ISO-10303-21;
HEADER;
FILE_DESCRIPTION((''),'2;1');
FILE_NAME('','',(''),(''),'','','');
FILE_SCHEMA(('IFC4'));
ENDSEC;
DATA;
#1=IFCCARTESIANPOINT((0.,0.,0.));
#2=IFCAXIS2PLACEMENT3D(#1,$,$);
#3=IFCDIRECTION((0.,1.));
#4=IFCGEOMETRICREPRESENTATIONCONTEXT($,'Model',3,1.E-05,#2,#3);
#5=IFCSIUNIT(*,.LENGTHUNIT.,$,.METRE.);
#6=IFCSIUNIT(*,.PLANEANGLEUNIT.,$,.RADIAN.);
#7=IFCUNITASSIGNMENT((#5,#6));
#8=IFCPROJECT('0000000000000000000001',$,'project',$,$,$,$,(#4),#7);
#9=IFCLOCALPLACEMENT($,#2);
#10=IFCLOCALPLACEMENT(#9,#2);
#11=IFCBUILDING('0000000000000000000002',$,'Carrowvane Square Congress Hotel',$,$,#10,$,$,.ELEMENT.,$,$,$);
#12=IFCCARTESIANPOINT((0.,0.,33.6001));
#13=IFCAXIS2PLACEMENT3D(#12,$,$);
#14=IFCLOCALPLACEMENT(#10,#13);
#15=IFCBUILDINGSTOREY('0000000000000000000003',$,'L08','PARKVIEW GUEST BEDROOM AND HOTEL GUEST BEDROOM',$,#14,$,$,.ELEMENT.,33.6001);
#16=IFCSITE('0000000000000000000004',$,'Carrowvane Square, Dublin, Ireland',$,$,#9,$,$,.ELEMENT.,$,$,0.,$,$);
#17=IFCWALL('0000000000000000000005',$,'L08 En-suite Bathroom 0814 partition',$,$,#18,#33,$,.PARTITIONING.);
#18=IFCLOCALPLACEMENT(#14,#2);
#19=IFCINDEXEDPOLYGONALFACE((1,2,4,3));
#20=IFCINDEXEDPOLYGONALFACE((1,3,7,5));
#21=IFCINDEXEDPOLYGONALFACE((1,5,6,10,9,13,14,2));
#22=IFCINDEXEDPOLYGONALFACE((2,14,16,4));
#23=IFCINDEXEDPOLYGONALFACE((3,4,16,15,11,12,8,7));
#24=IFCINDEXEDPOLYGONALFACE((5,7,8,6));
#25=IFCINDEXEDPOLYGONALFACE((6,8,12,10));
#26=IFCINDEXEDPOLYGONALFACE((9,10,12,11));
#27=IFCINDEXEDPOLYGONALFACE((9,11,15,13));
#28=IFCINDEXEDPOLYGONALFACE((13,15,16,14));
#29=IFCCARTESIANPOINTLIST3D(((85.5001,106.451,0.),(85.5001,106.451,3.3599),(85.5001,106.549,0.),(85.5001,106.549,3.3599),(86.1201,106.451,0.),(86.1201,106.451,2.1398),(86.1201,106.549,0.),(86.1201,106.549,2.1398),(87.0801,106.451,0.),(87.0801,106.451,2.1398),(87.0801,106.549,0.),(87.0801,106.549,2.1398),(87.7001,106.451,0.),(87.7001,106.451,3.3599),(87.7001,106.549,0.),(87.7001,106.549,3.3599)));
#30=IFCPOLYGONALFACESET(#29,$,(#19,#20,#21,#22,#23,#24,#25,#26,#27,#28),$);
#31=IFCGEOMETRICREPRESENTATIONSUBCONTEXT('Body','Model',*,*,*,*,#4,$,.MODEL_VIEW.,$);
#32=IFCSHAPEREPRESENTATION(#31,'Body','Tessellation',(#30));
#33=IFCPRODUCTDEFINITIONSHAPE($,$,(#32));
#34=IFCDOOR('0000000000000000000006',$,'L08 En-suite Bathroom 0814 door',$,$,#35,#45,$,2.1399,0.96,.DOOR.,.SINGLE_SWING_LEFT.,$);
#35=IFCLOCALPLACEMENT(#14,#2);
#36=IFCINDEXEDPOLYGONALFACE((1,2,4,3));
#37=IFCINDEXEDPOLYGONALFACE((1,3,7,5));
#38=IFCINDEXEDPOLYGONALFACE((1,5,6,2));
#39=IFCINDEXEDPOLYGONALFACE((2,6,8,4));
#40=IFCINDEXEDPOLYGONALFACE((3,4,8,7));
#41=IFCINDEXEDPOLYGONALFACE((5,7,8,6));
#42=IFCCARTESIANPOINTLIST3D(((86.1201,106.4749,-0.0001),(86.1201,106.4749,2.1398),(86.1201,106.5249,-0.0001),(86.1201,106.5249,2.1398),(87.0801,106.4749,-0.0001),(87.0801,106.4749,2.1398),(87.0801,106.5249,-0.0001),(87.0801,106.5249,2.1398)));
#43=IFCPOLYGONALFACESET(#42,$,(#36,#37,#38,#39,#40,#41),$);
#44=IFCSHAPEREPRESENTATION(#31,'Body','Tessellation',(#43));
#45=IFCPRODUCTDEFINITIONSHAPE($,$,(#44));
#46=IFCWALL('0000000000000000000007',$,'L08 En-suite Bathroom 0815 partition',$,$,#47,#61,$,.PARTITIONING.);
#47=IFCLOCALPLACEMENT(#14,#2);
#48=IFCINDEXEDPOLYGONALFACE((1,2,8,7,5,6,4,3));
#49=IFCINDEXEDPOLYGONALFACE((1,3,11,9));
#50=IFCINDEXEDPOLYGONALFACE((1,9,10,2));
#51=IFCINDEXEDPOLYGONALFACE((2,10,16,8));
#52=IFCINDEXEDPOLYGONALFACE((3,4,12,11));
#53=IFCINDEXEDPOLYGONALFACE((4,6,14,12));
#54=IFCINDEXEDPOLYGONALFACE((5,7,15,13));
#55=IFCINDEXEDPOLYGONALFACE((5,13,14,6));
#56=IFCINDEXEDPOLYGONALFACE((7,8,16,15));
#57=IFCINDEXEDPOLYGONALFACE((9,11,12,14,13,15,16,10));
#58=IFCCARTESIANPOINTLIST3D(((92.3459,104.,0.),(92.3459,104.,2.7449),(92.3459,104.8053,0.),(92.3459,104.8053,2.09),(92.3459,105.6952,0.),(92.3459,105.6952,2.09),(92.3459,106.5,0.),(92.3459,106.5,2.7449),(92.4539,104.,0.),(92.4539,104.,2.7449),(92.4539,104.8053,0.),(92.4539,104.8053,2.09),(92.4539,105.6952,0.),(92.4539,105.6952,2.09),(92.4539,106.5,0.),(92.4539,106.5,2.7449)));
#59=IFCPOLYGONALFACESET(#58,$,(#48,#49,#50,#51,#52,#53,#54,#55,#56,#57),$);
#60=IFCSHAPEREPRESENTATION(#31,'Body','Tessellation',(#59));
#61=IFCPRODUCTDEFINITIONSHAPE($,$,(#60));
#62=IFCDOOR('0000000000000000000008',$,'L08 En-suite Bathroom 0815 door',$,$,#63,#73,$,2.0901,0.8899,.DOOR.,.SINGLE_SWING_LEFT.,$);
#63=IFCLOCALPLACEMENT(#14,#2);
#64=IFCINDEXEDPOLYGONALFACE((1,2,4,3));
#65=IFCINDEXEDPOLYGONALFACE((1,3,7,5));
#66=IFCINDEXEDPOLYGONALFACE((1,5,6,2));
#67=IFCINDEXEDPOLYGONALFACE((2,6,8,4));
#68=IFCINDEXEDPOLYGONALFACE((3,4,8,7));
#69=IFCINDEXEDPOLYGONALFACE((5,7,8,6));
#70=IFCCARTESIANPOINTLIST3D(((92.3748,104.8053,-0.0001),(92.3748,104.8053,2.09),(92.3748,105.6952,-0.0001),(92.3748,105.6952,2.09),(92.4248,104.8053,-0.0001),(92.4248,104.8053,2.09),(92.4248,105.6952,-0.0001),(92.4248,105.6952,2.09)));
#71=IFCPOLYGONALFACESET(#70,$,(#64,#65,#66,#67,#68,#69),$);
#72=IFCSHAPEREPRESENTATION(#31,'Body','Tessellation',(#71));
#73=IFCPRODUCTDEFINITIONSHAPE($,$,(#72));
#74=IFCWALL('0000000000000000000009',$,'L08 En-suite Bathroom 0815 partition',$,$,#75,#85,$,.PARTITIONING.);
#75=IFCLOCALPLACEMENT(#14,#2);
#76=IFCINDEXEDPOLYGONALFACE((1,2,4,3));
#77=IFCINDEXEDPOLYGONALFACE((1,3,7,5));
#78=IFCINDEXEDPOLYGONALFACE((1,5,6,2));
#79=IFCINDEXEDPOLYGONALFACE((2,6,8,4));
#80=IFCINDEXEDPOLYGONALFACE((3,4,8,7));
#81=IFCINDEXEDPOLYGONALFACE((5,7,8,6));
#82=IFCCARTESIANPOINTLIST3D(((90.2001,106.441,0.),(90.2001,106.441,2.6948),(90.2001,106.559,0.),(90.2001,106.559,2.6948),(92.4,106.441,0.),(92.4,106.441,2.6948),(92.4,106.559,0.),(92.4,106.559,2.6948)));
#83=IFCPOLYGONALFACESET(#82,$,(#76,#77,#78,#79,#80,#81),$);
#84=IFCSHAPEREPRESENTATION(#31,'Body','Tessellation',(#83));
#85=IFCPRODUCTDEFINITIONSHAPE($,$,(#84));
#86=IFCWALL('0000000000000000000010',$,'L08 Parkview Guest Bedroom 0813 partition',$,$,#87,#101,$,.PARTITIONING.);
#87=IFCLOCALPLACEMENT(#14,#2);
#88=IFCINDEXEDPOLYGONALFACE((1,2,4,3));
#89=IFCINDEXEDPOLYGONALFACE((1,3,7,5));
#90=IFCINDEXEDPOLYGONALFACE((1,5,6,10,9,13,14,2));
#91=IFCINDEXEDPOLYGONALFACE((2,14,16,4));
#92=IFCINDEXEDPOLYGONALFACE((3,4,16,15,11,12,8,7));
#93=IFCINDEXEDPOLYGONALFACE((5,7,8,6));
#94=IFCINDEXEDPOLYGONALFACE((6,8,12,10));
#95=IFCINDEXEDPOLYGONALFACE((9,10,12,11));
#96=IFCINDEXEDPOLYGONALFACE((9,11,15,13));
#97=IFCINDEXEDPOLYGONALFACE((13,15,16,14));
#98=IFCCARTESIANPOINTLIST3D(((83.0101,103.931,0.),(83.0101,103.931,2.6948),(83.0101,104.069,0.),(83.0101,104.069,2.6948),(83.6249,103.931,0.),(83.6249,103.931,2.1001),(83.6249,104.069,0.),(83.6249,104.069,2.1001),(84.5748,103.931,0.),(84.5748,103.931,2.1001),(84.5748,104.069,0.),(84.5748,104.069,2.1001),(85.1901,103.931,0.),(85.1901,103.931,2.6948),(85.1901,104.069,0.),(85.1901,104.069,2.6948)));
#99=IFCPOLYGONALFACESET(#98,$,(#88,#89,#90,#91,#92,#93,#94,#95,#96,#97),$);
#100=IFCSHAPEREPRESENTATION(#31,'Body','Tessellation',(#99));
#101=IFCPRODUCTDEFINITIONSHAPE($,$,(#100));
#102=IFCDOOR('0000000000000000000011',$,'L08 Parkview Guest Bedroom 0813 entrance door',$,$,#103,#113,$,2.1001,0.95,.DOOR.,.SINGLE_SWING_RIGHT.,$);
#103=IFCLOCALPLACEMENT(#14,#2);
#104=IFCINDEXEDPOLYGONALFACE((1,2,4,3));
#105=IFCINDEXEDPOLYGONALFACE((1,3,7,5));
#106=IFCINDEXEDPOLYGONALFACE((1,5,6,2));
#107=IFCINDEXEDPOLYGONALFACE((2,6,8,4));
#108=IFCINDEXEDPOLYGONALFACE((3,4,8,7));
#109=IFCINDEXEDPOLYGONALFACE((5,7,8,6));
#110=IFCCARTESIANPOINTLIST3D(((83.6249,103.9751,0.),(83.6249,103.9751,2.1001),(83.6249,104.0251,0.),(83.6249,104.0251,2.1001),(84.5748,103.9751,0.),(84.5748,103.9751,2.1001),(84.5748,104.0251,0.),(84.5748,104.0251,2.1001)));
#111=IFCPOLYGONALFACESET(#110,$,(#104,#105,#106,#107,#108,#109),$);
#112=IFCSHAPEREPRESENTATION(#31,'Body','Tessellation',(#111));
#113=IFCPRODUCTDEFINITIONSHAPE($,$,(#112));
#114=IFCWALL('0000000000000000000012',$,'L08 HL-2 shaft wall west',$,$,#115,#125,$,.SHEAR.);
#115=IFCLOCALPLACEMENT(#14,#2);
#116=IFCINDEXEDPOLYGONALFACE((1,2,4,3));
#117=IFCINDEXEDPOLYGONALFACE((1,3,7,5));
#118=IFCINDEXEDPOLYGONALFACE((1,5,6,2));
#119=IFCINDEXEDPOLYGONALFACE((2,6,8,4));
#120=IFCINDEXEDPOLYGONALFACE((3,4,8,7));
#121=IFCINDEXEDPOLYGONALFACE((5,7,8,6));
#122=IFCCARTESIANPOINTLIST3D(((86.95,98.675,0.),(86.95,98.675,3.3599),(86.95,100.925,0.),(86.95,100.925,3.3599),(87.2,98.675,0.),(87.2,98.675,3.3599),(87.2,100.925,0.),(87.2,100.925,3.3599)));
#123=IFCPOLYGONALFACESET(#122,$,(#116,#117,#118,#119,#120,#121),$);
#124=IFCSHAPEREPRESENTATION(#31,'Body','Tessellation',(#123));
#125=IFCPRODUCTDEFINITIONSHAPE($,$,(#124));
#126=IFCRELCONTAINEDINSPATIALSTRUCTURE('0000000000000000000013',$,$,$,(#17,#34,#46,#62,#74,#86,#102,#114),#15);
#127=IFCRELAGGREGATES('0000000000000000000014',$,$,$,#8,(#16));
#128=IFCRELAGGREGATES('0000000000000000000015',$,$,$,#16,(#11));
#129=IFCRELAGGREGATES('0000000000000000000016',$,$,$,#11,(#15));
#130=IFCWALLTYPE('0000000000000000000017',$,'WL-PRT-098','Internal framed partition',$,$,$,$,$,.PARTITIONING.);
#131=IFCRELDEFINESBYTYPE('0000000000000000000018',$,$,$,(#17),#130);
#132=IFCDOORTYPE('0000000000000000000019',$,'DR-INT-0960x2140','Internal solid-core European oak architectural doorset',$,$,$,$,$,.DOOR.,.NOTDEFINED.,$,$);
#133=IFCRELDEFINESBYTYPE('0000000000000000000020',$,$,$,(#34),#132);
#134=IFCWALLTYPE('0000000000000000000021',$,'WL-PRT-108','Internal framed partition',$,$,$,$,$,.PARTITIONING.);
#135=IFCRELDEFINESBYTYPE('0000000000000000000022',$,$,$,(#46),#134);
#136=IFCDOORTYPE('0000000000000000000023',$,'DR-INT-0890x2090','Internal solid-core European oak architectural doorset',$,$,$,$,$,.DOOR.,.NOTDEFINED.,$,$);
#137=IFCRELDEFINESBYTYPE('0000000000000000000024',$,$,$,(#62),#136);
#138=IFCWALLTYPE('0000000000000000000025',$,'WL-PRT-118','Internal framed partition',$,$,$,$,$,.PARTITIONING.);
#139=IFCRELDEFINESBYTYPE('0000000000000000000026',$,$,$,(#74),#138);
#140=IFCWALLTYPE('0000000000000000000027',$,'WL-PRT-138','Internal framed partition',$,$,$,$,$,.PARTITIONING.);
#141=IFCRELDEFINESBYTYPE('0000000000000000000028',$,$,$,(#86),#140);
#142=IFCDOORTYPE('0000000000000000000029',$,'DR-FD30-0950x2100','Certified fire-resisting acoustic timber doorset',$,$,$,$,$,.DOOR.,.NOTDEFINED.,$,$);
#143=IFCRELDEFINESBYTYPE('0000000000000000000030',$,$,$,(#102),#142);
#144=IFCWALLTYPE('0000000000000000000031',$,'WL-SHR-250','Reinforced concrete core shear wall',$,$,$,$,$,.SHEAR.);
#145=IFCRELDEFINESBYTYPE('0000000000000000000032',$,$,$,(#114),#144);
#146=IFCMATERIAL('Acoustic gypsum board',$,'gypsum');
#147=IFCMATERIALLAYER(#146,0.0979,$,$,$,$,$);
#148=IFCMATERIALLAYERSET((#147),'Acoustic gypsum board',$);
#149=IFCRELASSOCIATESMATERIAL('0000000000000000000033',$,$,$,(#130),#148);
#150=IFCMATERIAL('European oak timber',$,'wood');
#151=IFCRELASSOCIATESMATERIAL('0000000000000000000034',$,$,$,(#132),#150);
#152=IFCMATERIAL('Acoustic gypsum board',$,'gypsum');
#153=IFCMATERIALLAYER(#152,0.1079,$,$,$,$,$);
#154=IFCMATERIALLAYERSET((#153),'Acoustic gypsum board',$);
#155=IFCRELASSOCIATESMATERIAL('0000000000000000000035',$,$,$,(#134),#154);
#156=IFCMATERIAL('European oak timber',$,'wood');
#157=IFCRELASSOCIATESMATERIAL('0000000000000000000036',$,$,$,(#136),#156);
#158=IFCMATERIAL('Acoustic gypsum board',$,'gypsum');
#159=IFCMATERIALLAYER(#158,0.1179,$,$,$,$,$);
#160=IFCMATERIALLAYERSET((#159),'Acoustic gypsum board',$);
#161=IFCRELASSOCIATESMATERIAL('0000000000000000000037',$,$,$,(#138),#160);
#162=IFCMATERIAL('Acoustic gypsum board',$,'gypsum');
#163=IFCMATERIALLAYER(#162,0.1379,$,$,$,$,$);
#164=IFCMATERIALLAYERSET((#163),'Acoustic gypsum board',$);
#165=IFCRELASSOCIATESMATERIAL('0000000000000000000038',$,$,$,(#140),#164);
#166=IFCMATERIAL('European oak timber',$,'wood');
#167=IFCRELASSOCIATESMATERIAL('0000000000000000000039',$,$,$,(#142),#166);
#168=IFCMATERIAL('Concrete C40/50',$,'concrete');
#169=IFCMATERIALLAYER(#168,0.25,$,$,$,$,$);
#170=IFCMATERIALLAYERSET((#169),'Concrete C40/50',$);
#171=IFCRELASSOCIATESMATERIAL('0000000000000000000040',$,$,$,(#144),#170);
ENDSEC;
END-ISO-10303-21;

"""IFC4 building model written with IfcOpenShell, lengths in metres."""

from ifc_helpers import new_model, si_unit, direction, frame, frame_2d, origin, place, context, subcontext, project, spatial, rectangle, extrude, material, layer, layer_set, type_object, element, fill, save


model = new_model("IFC4")

# Units and contexts
model_context = context("Model", 3, precision=1e-05, world=origin(), true_north=direction((0.0, 1.0)))
body_context = subcontext(model_context, "Body", "Model", "MODEL_VIEW")
ifc_project = project(units=[si_unit("LENGTHUNIT", "METRE"), si_unit("PLANEANGLEUNIT", "RADIAN")], contexts=[model_context])

# Site, building, storey
site_placement = place(None, origin())
site = spatial("IfcSite", under=ifc_project, at=site_placement, Name="Carrowvane Square, Dublin, Ireland", CompositionType="ELEMENT", RefElevation=0.0)
building_placement = place(site_placement, origin())
building = spatial("IfcBuilding", under=site, at=building_placement, Name="Carrowvane Square Congress Hotel", CompositionType="ELEMENT")
storey_placement = place(building_placement, frame((0.0, 0.0, 33.6001)))
storey = spatial("IfcBuildingStorey", under=building, at=storey_placement, Name="L08", Description="PARKVIEW GUEST BEDROOM AND HOTEL GUEST BEDROOM", CompositionType="ELEMENT", Elevation=33.6001)

# Walls, openings, doors
ifc_material_1 = material(Name="Acoustic gypsum board", Category="gypsum")
ifc_layer_1 = layer(ifc_material_1, 0.0979)
ifc_layer_set_1 = layer_set([ifc_layer_1], Name="Acoustic gypsum board")
wall_type_1 = type_object("IfcWallType", Name="WL-PRT-098", Description="Internal framed partition", PredefinedType="PARTITIONING", material=ifc_layer_set_1)
wall_1_placement = place(storey_placement, frame((85.5, 106.5, 0.0), z_axis=(0.0, 0.0, 1.0), x_axis=(1.0, 0.0, 0.0)))
wall_1 = element("IfcWall", 1, at=wall_1_placement, inside=storey, type_object=wall_type_1, Name="L08 En-suite Bathroom 0814 partition", PredefinedType="PARTITIONING", context=body_context, shape_type="SweptSolid", body=[
    extrude(rectangle(XDim=2.2, YDim=0.0979, at=frame_2d((1.1001, 0.0))), origin(), (0.0, 0.0, 1.0), 3.3599),
])
opening_1_placement = place(wall_1_placement, frame((0.6201, 0.0, 0.0)))
opening_1 = element("IfcOpeningElement", 2, at=opening_1_placement, cuts=wall_1, PredefinedType="OPENING", context=body_context, shape_type="SweptSolid", body=[
    extrude(rectangle(XDim=0.96, YDim=2.1399, at=frame_2d((0.48, 1.0698))), frame((0.0, 0.0588, 0.0), z_axis=(0.0, -1.0, 0.0), x_axis=(1.0, 0.0, 0.0)), (0.0, 0.0, 1.0), 0.1179),
])
ifc_material_2 = material(Name="European oak timber", Category="wood")
door_type_1 = type_object("IfcDoorType", Name="DR-INT-0960x2140", Description="Internal solid-core European oak architectural doorset", OperationType="NOTDEFINED", PredefinedType="DOOR", material=ifc_material_2)
door_1_placement = place(opening_1_placement, origin())
door_1 = element("IfcDoor", 3, at=door_1_placement, inside=storey, type_object=door_type_1, Name="L08 En-suite Bathroom 0814 door", OperationType="SINGLE_SWING_LEFT", OverallHeight=2.1399, OverallWidth=0.96, PredefinedType="DOOR", context=body_context, shape_type="SweptSolid", body=[
    extrude(rectangle(XDim=0.96, YDim=2.1399, at=frame_2d((0.48, 1.0698))), frame((0.0, 0.0249, 0.0), z_axis=(0.0, -1.0, 0.0), x_axis=(1.0, 0.0, 0.0)), (0.0, 0.0, 1.0), 0.05),
])
fill(opening_1, door_1)
ifc_material_3 = material(Name="Acoustic gypsum board", Category="gypsum")
ifc_layer_2 = layer(ifc_material_3, 0.1079)
ifc_layer_set_2 = layer_set([ifc_layer_2], Name="Acoustic gypsum board")
wall_type_2 = type_object("IfcWallType", Name="WL-PRT-108", Description="Internal framed partition", PredefinedType="PARTITIONING", material=ifc_layer_set_2)
wall_2_placement = place(storey_placement, frame((92.3999, 106.5, 0.0), z_axis=(0.0, 0.0, 1.0), x_axis=(0.0, -1.0, 0.0)))
wall_2 = element("IfcWall", 4, at=wall_2_placement, inside=storey, type_object=wall_type_2, Name="L08 En-suite Bathroom 0815 partition", PredefinedType="PARTITIONING", context=body_context, shape_type="SweptSolid", body=[
    extrude(rectangle(XDim=2.5, YDim=0.1079, at=frame_2d((1.25, 0.0))), origin(), (0.0, 0.0, 1.0), 2.7449),
])
opening_2_placement = place(wall_2_placement, frame((0.8049, 0.0, 0.0)))
opening_2 = element("IfcOpeningElement", 5, at=opening_2_placement, cuts=wall_2, PredefinedType="OPENING", context=body_context, shape_type="SweptSolid", body=[
    extrude(rectangle(XDim=0.8899, YDim=2.0901, at=frame_2d((0.4448, 1.0449))), frame((0.0, 0.064, 0.0), z_axis=(0.0, -1.0, 0.0), x_axis=(1.0, 0.0, 0.0)), (0.0, 0.0, 1.0), 0.1279),
])
ifc_material_4 = material(Name="European oak timber", Category="wood")
door_type_2 = type_object("IfcDoorType", Name="DR-INT-0890x2090", Description="Internal solid-core European oak architectural doorset", OperationType="NOTDEFINED", PredefinedType="DOOR", material=ifc_material_4)
door_2_placement = place(opening_2_placement, origin())
door_2 = element("IfcDoor", 6, at=door_2_placement, inside=storey, type_object=door_type_2, Name="L08 En-suite Bathroom 0815 door", OperationType="SINGLE_SWING_LEFT", OverallHeight=2.0901, OverallWidth=0.8899, PredefinedType="DOOR", context=body_context, shape_type="SweptSolid", body=[
    extrude(rectangle(XDim=0.8899, YDim=2.0901, at=frame_2d((0.4448, 1.0449))), frame((0.0, 0.0249, 0.0), z_axis=(0.0, -1.0, 0.0), x_axis=(1.0, 0.0, 0.0)), (0.0, 0.0, 1.0), 0.05),
])
fill(opening_2, door_2)

# Wall
ifc_material_5 = material(Name="Acoustic gypsum board", Category="gypsum")
ifc_layer_3 = layer(ifc_material_5, 0.1179)
ifc_layer_set_3 = layer_set([ifc_layer_3], Name="Acoustic gypsum board")
wall_type_3 = type_object("IfcWallType", Name="WL-PRT-118", Description="Internal framed partition", PredefinedType="PARTITIONING", material=ifc_layer_set_3)
wall_3_placement = place(storey_placement, frame((90.2, 106.5, 0.0), z_axis=(0.0, 0.0, 1.0), x_axis=(1.0, 0.0, 0.0)))
element("IfcWall", 7, at=wall_3_placement, inside=storey, type_object=wall_type_3, Name="L08 En-suite Bathroom 0815 partition", PredefinedType="PARTITIONING", context=body_context, shape_type="SweptSolid", body=[
    extrude(rectangle(XDim=2.2, YDim=0.1179, at=frame_2d((1.1001, 0.0))), origin(), (0.0, 0.0, 1.0), 2.6948),
])

# Wall, opening, door
ifc_material_6 = material(Name="Acoustic gypsum board", Category="gypsum")
ifc_layer_4 = layer(ifc_material_6, 0.1379)
ifc_layer_set_4 = layer_set([ifc_layer_4], Name="Acoustic gypsum board")
wall_type_4 = type_object("IfcWallType", Name="WL-PRT-138", Description="Internal framed partition", PredefinedType="PARTITIONING", material=ifc_layer_set_4)
wall_4_placement = place(storey_placement, frame((85.1899, 104.0, 0.0), z_axis=(0.0, 0.0, 1.0), x_axis=(-1.0, 0.0, 0.0)))
wall_4 = element("IfcWall", 8, at=wall_4_placement, inside=storey, type_object=wall_type_4, Name="L08 Parkview Guest Bedroom 0813 partition", PredefinedType="PARTITIONING", context=body_context, shape_type="SweptSolid", body=[
    extrude(rectangle(XDim=2.1799, YDim=0.1379, at=frame_2d((1.0898, 0.0))), origin(), (0.0, 0.0, 1.0), 2.6948),
])
opening_3_placement = place(wall_4_placement, frame((0.615, 0.0, 0.0)))
opening_3 = element("IfcOpeningElement", 9, at=opening_3_placement, cuts=wall_4, PredefinedType="OPENING", context=body_context, shape_type="SweptSolid", body=[
    extrude(rectangle(XDim=0.95, YDim=2.1001, at=frame_2d((0.4751, 1.05))), frame((0.0, 0.0789, 0.0), z_axis=(0.0, -1.0, 0.0), x_axis=(1.0, 0.0, 0.0)), (0.0, 0.0, 1.0), 0.158),
])
ifc_material_7 = material(Name="European oak timber", Category="wood")
door_type_3 = type_object("IfcDoorType", Name="DR-FD30-0950x2100", Description="Certified fire-resisting acoustic timber doorset", OperationType="NOTDEFINED", PredefinedType="DOOR", material=ifc_material_7)
door_3_placement = place(opening_3_placement, origin())
door_3 = element("IfcDoor", 10, at=door_3_placement, inside=storey, type_object=door_type_3, Name="L08 Parkview Guest Bedroom 0813 entrance door", OperationType="SINGLE_SWING_RIGHT", OverallHeight=2.1001, OverallWidth=0.95, PredefinedType="DOOR", context=body_context, shape_type="SweptSolid", body=[
    extrude(rectangle(XDim=0.95, YDim=2.1001, at=frame_2d((0.4751, 1.05))), frame((0.0, 0.0249, 0.0), z_axis=(0.0, -1.0, 0.0), x_axis=(1.0, 0.0, 0.0)), (0.0, 0.0, 1.0), 0.05),
])
fill(opening_3, door_3)
ifc_material_8 = material(Name="Concrete C40/50", Category="concrete")
ifc_layer_5 = layer(ifc_material_8, 0.25)
ifc_layer_set_5 = layer_set([ifc_layer_5], Name="Concrete C40/50")
wall_type_5 = type_object("IfcWallType", Name="WL-SHR-250", Description="Reinforced concrete core shear wall", PredefinedType="SHEAR", material=ifc_layer_set_5)

# Wall
wall_5_placement = place(storey_placement, frame((87.075, 100.925, 0.0), z_axis=(0.0, 0.0, 1.0), x_axis=(0.0, -1.0, 0.0)))
element("IfcWall", 11, at=wall_5_placement, inside=storey, type_object=wall_type_5, Name="L08 HL-2 shaft wall west", PredefinedType="SHEAR", context=body_context, shape_type="SweptSolid", body=[
    extrude(rectangle(XDim=2.25, YDim=0.25, at=frame_2d((1.125, 0.0))), origin(), (0.0, 0.0, 1.0), 3.3599),
])

save(model, "model.ifc")
